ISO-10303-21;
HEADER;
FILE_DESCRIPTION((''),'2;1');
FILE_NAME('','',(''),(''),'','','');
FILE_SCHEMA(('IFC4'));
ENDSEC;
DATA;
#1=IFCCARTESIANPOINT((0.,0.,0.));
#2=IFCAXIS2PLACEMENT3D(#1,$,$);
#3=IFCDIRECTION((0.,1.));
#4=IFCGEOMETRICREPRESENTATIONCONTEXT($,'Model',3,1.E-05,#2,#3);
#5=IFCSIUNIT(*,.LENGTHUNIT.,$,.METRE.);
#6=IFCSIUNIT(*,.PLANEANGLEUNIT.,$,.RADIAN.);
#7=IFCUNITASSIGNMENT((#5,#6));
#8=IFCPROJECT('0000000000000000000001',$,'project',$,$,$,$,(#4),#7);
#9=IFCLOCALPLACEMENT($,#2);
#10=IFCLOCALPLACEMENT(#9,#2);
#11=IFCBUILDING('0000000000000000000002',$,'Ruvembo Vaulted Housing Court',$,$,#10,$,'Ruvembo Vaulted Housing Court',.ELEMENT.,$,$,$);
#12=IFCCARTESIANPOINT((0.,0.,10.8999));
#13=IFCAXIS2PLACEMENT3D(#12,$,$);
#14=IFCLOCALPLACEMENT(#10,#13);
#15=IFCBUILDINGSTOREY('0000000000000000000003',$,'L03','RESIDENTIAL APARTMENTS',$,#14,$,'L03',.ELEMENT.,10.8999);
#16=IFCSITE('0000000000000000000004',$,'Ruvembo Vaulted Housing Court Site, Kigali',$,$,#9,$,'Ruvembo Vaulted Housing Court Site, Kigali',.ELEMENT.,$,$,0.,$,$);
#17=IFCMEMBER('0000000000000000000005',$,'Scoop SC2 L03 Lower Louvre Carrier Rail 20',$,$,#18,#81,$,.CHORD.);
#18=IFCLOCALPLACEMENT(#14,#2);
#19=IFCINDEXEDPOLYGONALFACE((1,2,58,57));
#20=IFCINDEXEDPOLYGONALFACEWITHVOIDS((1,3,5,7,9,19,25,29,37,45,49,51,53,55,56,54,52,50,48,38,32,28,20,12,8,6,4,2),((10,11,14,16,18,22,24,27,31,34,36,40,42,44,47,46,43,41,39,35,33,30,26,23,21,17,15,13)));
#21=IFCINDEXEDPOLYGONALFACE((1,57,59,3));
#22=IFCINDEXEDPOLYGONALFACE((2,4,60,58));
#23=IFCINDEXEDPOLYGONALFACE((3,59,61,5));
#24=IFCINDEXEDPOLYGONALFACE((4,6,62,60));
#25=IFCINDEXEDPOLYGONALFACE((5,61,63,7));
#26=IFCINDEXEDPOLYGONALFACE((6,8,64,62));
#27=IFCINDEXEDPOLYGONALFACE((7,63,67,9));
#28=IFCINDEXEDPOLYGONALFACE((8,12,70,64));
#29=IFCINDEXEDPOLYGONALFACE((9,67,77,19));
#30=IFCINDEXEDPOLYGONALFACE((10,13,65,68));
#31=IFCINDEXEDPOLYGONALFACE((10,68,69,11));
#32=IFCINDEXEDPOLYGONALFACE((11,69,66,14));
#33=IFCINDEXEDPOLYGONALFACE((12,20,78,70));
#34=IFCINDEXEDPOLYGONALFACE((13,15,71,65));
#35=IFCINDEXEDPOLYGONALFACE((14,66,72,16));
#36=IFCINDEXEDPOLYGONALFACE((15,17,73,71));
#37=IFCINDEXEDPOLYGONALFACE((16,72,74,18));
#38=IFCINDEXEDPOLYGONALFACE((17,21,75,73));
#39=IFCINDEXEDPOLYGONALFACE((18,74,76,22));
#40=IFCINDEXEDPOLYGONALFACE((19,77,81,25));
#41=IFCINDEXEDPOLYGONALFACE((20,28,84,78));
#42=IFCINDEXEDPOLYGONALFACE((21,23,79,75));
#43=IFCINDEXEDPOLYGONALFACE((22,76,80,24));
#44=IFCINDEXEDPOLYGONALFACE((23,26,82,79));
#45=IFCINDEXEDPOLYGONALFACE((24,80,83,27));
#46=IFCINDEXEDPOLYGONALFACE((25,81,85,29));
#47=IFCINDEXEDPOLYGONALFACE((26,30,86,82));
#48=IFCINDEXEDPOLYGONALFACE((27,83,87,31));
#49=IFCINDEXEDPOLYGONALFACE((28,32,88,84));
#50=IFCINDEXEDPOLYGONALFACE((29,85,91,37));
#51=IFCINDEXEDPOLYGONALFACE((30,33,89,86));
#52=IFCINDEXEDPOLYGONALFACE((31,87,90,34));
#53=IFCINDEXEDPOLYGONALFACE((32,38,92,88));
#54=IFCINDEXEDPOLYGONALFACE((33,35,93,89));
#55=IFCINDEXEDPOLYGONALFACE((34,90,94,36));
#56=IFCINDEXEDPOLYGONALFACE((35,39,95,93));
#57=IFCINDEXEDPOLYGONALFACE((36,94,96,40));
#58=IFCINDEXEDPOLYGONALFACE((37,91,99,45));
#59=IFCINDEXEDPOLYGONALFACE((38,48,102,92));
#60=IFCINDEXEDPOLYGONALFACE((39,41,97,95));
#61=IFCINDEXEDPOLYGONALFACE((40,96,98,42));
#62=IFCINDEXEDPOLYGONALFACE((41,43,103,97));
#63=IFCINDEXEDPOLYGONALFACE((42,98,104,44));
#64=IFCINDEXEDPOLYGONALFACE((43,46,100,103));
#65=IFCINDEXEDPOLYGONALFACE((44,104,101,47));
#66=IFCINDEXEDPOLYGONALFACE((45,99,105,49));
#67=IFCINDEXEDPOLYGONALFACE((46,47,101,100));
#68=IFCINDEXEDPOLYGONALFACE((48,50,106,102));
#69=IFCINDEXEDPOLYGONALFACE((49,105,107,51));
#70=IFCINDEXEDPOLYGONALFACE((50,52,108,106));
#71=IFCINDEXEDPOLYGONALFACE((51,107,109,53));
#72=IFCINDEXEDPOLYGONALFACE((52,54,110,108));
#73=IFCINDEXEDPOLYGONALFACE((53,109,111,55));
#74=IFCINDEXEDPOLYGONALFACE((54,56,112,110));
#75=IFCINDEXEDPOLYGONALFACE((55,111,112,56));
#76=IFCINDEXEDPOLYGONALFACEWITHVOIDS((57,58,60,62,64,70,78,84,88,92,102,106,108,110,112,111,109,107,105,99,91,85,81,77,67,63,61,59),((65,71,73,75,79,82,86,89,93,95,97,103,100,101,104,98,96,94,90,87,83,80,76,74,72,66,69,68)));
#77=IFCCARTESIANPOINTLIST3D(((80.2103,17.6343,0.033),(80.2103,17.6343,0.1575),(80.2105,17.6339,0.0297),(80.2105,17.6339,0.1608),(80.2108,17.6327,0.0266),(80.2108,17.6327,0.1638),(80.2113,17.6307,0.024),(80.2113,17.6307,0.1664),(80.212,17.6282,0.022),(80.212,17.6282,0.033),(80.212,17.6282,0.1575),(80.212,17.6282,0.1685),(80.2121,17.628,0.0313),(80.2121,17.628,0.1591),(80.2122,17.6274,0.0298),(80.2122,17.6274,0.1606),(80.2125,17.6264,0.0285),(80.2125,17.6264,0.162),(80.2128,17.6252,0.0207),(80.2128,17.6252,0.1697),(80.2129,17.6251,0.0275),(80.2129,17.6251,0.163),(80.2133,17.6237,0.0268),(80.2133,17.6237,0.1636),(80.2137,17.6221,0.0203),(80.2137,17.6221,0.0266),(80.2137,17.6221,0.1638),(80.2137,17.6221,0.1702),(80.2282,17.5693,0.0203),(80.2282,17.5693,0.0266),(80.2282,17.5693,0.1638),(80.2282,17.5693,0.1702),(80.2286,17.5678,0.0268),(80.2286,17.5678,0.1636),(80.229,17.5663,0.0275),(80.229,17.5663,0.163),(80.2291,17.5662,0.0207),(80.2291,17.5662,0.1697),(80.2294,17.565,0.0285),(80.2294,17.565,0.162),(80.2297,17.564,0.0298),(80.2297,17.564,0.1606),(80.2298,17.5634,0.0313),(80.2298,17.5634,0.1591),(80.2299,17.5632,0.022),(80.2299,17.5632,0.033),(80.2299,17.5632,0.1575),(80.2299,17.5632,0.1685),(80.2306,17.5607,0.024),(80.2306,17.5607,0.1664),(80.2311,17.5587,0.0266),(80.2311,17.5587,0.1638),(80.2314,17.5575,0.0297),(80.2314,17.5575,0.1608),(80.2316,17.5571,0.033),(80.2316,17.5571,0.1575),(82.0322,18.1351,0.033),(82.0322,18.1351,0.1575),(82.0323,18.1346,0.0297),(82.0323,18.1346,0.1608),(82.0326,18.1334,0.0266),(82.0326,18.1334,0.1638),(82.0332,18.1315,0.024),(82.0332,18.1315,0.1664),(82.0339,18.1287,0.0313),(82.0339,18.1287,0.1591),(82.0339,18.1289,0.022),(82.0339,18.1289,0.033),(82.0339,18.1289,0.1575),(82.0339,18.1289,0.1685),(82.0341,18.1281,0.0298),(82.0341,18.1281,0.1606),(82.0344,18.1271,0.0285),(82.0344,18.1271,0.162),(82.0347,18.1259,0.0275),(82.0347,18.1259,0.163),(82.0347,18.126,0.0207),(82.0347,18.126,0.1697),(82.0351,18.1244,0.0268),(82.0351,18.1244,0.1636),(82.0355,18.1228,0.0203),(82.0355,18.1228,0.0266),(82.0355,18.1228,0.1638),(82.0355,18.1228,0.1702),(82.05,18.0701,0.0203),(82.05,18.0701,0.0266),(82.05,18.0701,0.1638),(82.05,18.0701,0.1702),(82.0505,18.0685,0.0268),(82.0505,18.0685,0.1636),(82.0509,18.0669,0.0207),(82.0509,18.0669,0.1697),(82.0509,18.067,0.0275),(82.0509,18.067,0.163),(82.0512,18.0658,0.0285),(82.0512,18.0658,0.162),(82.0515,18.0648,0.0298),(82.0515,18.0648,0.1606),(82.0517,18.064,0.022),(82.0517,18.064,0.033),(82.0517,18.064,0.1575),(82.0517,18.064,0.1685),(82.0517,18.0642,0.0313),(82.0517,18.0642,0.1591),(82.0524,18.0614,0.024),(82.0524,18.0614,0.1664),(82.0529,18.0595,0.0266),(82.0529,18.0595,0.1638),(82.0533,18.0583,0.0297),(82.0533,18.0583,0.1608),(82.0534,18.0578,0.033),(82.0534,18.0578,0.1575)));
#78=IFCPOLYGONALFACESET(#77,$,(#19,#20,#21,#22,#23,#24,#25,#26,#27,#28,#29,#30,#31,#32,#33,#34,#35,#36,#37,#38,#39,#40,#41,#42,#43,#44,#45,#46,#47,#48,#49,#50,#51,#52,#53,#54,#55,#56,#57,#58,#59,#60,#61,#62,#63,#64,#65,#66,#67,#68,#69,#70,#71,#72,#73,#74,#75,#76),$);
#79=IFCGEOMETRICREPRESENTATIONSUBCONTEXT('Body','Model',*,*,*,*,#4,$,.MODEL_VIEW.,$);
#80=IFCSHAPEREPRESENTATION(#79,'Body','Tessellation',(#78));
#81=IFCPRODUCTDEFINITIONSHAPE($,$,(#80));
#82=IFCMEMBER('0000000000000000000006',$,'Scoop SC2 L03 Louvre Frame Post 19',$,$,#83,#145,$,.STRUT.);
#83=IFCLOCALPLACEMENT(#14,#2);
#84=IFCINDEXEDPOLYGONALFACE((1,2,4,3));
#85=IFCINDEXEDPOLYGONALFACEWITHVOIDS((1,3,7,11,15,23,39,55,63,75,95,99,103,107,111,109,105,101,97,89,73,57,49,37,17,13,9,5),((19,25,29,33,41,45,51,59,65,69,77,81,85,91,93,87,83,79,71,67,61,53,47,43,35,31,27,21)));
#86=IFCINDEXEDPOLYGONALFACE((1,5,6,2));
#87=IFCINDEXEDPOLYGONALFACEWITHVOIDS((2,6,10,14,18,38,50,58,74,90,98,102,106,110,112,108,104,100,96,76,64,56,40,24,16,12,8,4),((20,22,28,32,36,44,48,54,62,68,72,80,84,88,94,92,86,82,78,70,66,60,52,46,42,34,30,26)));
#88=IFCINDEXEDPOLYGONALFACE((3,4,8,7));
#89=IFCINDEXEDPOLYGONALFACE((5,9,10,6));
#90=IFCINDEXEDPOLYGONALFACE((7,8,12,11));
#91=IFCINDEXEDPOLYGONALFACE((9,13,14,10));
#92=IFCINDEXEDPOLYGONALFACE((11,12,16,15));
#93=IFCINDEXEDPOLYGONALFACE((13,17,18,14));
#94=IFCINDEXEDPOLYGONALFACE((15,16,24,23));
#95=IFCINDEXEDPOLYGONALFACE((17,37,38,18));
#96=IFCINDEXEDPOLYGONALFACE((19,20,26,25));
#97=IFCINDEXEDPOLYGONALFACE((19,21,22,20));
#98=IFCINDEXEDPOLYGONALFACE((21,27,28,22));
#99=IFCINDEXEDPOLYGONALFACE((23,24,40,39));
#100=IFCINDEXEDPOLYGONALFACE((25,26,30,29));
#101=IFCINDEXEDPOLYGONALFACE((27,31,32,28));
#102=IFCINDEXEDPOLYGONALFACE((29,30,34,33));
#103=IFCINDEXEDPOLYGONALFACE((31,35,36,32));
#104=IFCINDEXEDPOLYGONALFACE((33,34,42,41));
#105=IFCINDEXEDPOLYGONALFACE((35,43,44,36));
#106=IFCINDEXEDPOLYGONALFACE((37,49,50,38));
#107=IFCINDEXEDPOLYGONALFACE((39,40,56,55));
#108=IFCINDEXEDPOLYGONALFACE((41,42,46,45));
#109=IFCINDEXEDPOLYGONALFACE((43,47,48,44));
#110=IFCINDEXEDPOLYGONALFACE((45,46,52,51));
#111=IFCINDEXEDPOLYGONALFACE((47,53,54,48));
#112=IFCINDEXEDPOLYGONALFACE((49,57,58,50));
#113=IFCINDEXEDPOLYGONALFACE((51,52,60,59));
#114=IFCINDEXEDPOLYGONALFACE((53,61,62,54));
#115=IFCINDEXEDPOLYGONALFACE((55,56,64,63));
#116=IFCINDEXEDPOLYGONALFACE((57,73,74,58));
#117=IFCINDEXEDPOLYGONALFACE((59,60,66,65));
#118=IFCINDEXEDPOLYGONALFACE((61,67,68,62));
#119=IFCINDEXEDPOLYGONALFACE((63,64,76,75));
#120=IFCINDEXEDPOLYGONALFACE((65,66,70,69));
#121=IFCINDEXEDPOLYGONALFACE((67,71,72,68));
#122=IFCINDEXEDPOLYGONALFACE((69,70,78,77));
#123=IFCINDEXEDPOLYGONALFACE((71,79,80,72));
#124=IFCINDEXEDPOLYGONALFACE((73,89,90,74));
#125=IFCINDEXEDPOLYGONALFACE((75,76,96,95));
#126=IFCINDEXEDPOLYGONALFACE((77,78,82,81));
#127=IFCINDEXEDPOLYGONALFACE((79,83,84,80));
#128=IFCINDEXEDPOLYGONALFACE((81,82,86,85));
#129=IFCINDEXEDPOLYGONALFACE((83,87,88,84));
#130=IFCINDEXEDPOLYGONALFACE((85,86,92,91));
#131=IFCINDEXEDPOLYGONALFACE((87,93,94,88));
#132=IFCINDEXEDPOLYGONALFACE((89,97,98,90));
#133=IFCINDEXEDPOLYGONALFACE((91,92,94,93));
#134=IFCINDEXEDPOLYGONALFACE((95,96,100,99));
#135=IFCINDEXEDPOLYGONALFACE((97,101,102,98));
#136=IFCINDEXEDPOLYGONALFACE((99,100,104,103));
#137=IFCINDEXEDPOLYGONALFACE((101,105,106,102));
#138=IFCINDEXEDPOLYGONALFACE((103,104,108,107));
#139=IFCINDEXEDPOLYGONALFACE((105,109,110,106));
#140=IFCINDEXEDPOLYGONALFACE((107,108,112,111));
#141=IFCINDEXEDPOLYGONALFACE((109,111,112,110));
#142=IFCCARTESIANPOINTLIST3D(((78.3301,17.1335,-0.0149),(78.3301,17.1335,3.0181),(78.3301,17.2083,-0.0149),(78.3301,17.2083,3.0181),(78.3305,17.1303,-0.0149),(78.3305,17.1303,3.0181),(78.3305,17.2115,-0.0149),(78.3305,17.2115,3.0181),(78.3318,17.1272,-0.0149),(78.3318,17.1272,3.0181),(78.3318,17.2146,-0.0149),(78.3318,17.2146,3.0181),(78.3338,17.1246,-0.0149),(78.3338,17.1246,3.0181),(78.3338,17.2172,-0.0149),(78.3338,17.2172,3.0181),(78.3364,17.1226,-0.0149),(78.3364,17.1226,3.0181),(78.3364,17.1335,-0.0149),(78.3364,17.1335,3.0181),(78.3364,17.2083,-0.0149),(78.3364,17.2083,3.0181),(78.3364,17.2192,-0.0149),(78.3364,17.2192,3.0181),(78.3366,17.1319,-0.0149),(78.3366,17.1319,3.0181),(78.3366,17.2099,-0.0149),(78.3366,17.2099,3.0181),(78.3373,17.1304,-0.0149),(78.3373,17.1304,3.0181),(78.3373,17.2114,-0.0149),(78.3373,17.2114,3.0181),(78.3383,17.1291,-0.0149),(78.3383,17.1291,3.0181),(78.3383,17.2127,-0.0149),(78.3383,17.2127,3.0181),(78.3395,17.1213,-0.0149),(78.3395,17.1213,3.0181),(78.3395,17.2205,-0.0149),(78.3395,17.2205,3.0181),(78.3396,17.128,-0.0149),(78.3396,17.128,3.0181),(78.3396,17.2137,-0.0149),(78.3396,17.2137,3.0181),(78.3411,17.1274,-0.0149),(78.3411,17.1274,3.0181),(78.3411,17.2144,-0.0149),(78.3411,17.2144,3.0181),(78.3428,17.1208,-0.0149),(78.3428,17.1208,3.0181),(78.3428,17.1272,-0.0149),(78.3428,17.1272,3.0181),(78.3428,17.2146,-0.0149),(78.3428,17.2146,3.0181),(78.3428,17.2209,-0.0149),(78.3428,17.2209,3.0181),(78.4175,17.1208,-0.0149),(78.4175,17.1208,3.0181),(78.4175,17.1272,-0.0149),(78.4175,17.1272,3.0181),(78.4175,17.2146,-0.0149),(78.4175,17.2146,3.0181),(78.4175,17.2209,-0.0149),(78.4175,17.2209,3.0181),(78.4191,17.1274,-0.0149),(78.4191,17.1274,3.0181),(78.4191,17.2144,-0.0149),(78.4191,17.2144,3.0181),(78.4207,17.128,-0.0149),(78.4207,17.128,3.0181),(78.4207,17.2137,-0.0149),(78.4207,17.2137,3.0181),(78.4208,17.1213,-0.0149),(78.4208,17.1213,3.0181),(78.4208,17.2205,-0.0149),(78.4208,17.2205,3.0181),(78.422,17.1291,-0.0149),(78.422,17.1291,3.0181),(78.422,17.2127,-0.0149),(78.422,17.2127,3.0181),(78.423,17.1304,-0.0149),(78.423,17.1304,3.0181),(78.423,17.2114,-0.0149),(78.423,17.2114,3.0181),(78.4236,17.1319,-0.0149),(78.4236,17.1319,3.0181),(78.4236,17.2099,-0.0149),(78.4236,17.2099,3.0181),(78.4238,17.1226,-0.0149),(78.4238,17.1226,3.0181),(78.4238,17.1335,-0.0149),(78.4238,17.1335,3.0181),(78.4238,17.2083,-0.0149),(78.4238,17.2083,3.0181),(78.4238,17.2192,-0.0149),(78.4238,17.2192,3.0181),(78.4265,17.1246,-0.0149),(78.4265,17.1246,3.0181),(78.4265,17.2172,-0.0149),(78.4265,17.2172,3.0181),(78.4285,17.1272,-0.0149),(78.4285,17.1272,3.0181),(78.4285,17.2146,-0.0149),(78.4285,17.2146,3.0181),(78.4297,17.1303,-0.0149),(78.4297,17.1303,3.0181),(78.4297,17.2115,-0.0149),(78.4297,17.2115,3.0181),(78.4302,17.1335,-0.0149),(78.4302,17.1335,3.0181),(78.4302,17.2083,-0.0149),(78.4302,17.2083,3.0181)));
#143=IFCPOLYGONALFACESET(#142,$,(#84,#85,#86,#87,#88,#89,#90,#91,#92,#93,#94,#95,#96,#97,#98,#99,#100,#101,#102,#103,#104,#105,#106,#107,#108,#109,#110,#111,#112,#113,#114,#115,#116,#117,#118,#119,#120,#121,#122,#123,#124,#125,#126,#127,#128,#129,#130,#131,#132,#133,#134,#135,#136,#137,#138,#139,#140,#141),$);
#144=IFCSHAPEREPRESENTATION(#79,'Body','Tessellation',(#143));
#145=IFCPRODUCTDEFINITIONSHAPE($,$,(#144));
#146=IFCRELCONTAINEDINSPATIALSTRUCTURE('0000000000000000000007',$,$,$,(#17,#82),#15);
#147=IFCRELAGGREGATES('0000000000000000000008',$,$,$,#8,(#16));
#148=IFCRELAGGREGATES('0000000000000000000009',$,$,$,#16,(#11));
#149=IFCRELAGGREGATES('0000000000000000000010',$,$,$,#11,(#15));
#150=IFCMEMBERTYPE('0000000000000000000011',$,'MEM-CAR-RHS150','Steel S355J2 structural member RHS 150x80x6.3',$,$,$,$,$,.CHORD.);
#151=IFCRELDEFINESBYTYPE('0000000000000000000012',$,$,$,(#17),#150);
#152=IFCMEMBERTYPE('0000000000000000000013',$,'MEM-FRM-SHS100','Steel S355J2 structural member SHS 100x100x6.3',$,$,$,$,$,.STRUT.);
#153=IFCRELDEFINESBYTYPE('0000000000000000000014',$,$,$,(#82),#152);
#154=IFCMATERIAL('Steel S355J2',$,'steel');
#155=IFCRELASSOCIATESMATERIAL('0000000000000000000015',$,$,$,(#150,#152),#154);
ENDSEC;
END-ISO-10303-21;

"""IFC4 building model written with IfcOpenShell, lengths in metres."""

from ifc_helpers import new_model, si_unit, direction, frame, origin, origin_2d, place, context, subcontext, project, spatial, hollow_rectangle, extrude, material, material_profile, profile_set, type_object, element, save


model = new_model("IFC4")

# Units and contexts
model_context = context("Model", 3, precision=1e-05, world=origin(), true_north=direction((0.0, 1.0)))
body_context = subcontext(model_context, "Body", "Model", "MODEL_VIEW")
ifc_project = project(units=[si_unit("LENGTHUNIT", "METRE"), si_unit("PLANEANGLEUNIT", "RADIAN")], contexts=[model_context])

# Site, building, storey
site_placement = place(None, origin())
site = spatial("IfcSite", under=ifc_project, at=site_placement, Name="Ruvembo Vaulted Housing Court Site, Kigali", LongName="Ruvembo Vaulted Housing Court Site, Kigali", CompositionType="ELEMENT", RefElevation=0.0)
building_placement = place(site_placement, origin())
building = spatial("IfcBuilding", under=site, at=building_placement, Name="Ruvembo Vaulted Housing Court", LongName="Ruvembo Vaulted Housing Court", CompositionType="ELEMENT")
storey_placement = place(building_placement, frame((0.0, 0.0, 10.8999)))
storey = spatial("IfcBuildingStorey", under=building, at=storey_placement, Name="L03", Description="RESIDENTIAL APARTMENTS", LongName="L03", CompositionType="ELEMENT", Elevation=10.8999)

# Shared definitions
ifc_material_1 = material(Name="Steel S355J2", Category="steel")

# Members
ifc_material_profile_1 = material_profile(ifc_material_1, hollow_rectangle(XDim=0.0801, YDim=0.1499, WallThickness=0.0063, InnerFilletRadius=0.0063, OuterFilletRadius=0.0127, at=origin_2d()), Name="RHS 150x80x6.3")
ifc_profile_set_1 = profile_set([ifc_material_profile_1], Name="Steel S355J2")
member_type_1 = type_object("IfcMemberType", Name="MEM-CAR-RHS150", Description="Steel S355J2 structural member RHS 150x80x6.3", PredefinedType="CHORD", material=ifc_profile_set_1)
member_1_placement = place(storey_placement, frame((80.2209, 17.5957, 0.0952), z_axis=(0.96424, 0.26503, 0.0), x_axis=(-0.26503, 0.96424, 0.0)))
element("IfcMember", 1, at=member_1_placement, inside=storey, type_object=member_type_1, Name="Scoop SC2 L03 Lower Louvre Carrier Rail 20", PredefinedType="CHORD", context=body_context, shape_type="SweptSolid", body=[
    extrude(hollow_rectangle(XDim=0.0801, YDim=0.1499, WallThickness=0.0063, InnerFilletRadius=0.0063, OuterFilletRadius=0.0127, at=origin_2d()), origin(), (0.0, 0.0, 1.0), 1.8894),
])
ifc_material_profile_2 = material_profile(ifc_material_1, hollow_rectangle(XDim=0.1001, YDim=0.1001, WallThickness=0.0063, InnerFilletRadius=0.0063, OuterFilletRadius=0.0127, at=origin_2d()), Name="SHS 100x100x6.3")
ifc_profile_set_2 = profile_set([ifc_material_profile_2], Name="Steel S355J2")
member_type_2 = type_object("IfcMemberType", Name="MEM-FRM-SHS100", Description="Steel S355J2 structural member SHS 100x100x6.3", PredefinedType="STRUT", material=ifc_profile_set_2)
for number, where, z_axis, x_axis, name in (
    (2, (78.3801, 17.1709, -0.0149), (0.0, 0.0, 1.0), (1.0, 0.0, 0.0), "Scoop SC2 L03 Louvre Frame Post 19"),
):
    element("IfcMember", number, at=place(storey_placement, frame(where, z_axis=z_axis, x_axis=x_axis)), inside=storey, type_object=member_type_2, Name=name, PredefinedType="STRUT", context=body_context, shape_type="SweptSolid", body=[
        extrude(hollow_rectangle(XDim=0.1001, YDim=0.1001, WallThickness=0.0063, InnerFilletRadius=0.0063, OuterFilletRadius=0.0127, at=origin_2d()), origin(), (0.0, 0.0, 1.0), 3.033),
    ])

save(model, "model.ifc")
